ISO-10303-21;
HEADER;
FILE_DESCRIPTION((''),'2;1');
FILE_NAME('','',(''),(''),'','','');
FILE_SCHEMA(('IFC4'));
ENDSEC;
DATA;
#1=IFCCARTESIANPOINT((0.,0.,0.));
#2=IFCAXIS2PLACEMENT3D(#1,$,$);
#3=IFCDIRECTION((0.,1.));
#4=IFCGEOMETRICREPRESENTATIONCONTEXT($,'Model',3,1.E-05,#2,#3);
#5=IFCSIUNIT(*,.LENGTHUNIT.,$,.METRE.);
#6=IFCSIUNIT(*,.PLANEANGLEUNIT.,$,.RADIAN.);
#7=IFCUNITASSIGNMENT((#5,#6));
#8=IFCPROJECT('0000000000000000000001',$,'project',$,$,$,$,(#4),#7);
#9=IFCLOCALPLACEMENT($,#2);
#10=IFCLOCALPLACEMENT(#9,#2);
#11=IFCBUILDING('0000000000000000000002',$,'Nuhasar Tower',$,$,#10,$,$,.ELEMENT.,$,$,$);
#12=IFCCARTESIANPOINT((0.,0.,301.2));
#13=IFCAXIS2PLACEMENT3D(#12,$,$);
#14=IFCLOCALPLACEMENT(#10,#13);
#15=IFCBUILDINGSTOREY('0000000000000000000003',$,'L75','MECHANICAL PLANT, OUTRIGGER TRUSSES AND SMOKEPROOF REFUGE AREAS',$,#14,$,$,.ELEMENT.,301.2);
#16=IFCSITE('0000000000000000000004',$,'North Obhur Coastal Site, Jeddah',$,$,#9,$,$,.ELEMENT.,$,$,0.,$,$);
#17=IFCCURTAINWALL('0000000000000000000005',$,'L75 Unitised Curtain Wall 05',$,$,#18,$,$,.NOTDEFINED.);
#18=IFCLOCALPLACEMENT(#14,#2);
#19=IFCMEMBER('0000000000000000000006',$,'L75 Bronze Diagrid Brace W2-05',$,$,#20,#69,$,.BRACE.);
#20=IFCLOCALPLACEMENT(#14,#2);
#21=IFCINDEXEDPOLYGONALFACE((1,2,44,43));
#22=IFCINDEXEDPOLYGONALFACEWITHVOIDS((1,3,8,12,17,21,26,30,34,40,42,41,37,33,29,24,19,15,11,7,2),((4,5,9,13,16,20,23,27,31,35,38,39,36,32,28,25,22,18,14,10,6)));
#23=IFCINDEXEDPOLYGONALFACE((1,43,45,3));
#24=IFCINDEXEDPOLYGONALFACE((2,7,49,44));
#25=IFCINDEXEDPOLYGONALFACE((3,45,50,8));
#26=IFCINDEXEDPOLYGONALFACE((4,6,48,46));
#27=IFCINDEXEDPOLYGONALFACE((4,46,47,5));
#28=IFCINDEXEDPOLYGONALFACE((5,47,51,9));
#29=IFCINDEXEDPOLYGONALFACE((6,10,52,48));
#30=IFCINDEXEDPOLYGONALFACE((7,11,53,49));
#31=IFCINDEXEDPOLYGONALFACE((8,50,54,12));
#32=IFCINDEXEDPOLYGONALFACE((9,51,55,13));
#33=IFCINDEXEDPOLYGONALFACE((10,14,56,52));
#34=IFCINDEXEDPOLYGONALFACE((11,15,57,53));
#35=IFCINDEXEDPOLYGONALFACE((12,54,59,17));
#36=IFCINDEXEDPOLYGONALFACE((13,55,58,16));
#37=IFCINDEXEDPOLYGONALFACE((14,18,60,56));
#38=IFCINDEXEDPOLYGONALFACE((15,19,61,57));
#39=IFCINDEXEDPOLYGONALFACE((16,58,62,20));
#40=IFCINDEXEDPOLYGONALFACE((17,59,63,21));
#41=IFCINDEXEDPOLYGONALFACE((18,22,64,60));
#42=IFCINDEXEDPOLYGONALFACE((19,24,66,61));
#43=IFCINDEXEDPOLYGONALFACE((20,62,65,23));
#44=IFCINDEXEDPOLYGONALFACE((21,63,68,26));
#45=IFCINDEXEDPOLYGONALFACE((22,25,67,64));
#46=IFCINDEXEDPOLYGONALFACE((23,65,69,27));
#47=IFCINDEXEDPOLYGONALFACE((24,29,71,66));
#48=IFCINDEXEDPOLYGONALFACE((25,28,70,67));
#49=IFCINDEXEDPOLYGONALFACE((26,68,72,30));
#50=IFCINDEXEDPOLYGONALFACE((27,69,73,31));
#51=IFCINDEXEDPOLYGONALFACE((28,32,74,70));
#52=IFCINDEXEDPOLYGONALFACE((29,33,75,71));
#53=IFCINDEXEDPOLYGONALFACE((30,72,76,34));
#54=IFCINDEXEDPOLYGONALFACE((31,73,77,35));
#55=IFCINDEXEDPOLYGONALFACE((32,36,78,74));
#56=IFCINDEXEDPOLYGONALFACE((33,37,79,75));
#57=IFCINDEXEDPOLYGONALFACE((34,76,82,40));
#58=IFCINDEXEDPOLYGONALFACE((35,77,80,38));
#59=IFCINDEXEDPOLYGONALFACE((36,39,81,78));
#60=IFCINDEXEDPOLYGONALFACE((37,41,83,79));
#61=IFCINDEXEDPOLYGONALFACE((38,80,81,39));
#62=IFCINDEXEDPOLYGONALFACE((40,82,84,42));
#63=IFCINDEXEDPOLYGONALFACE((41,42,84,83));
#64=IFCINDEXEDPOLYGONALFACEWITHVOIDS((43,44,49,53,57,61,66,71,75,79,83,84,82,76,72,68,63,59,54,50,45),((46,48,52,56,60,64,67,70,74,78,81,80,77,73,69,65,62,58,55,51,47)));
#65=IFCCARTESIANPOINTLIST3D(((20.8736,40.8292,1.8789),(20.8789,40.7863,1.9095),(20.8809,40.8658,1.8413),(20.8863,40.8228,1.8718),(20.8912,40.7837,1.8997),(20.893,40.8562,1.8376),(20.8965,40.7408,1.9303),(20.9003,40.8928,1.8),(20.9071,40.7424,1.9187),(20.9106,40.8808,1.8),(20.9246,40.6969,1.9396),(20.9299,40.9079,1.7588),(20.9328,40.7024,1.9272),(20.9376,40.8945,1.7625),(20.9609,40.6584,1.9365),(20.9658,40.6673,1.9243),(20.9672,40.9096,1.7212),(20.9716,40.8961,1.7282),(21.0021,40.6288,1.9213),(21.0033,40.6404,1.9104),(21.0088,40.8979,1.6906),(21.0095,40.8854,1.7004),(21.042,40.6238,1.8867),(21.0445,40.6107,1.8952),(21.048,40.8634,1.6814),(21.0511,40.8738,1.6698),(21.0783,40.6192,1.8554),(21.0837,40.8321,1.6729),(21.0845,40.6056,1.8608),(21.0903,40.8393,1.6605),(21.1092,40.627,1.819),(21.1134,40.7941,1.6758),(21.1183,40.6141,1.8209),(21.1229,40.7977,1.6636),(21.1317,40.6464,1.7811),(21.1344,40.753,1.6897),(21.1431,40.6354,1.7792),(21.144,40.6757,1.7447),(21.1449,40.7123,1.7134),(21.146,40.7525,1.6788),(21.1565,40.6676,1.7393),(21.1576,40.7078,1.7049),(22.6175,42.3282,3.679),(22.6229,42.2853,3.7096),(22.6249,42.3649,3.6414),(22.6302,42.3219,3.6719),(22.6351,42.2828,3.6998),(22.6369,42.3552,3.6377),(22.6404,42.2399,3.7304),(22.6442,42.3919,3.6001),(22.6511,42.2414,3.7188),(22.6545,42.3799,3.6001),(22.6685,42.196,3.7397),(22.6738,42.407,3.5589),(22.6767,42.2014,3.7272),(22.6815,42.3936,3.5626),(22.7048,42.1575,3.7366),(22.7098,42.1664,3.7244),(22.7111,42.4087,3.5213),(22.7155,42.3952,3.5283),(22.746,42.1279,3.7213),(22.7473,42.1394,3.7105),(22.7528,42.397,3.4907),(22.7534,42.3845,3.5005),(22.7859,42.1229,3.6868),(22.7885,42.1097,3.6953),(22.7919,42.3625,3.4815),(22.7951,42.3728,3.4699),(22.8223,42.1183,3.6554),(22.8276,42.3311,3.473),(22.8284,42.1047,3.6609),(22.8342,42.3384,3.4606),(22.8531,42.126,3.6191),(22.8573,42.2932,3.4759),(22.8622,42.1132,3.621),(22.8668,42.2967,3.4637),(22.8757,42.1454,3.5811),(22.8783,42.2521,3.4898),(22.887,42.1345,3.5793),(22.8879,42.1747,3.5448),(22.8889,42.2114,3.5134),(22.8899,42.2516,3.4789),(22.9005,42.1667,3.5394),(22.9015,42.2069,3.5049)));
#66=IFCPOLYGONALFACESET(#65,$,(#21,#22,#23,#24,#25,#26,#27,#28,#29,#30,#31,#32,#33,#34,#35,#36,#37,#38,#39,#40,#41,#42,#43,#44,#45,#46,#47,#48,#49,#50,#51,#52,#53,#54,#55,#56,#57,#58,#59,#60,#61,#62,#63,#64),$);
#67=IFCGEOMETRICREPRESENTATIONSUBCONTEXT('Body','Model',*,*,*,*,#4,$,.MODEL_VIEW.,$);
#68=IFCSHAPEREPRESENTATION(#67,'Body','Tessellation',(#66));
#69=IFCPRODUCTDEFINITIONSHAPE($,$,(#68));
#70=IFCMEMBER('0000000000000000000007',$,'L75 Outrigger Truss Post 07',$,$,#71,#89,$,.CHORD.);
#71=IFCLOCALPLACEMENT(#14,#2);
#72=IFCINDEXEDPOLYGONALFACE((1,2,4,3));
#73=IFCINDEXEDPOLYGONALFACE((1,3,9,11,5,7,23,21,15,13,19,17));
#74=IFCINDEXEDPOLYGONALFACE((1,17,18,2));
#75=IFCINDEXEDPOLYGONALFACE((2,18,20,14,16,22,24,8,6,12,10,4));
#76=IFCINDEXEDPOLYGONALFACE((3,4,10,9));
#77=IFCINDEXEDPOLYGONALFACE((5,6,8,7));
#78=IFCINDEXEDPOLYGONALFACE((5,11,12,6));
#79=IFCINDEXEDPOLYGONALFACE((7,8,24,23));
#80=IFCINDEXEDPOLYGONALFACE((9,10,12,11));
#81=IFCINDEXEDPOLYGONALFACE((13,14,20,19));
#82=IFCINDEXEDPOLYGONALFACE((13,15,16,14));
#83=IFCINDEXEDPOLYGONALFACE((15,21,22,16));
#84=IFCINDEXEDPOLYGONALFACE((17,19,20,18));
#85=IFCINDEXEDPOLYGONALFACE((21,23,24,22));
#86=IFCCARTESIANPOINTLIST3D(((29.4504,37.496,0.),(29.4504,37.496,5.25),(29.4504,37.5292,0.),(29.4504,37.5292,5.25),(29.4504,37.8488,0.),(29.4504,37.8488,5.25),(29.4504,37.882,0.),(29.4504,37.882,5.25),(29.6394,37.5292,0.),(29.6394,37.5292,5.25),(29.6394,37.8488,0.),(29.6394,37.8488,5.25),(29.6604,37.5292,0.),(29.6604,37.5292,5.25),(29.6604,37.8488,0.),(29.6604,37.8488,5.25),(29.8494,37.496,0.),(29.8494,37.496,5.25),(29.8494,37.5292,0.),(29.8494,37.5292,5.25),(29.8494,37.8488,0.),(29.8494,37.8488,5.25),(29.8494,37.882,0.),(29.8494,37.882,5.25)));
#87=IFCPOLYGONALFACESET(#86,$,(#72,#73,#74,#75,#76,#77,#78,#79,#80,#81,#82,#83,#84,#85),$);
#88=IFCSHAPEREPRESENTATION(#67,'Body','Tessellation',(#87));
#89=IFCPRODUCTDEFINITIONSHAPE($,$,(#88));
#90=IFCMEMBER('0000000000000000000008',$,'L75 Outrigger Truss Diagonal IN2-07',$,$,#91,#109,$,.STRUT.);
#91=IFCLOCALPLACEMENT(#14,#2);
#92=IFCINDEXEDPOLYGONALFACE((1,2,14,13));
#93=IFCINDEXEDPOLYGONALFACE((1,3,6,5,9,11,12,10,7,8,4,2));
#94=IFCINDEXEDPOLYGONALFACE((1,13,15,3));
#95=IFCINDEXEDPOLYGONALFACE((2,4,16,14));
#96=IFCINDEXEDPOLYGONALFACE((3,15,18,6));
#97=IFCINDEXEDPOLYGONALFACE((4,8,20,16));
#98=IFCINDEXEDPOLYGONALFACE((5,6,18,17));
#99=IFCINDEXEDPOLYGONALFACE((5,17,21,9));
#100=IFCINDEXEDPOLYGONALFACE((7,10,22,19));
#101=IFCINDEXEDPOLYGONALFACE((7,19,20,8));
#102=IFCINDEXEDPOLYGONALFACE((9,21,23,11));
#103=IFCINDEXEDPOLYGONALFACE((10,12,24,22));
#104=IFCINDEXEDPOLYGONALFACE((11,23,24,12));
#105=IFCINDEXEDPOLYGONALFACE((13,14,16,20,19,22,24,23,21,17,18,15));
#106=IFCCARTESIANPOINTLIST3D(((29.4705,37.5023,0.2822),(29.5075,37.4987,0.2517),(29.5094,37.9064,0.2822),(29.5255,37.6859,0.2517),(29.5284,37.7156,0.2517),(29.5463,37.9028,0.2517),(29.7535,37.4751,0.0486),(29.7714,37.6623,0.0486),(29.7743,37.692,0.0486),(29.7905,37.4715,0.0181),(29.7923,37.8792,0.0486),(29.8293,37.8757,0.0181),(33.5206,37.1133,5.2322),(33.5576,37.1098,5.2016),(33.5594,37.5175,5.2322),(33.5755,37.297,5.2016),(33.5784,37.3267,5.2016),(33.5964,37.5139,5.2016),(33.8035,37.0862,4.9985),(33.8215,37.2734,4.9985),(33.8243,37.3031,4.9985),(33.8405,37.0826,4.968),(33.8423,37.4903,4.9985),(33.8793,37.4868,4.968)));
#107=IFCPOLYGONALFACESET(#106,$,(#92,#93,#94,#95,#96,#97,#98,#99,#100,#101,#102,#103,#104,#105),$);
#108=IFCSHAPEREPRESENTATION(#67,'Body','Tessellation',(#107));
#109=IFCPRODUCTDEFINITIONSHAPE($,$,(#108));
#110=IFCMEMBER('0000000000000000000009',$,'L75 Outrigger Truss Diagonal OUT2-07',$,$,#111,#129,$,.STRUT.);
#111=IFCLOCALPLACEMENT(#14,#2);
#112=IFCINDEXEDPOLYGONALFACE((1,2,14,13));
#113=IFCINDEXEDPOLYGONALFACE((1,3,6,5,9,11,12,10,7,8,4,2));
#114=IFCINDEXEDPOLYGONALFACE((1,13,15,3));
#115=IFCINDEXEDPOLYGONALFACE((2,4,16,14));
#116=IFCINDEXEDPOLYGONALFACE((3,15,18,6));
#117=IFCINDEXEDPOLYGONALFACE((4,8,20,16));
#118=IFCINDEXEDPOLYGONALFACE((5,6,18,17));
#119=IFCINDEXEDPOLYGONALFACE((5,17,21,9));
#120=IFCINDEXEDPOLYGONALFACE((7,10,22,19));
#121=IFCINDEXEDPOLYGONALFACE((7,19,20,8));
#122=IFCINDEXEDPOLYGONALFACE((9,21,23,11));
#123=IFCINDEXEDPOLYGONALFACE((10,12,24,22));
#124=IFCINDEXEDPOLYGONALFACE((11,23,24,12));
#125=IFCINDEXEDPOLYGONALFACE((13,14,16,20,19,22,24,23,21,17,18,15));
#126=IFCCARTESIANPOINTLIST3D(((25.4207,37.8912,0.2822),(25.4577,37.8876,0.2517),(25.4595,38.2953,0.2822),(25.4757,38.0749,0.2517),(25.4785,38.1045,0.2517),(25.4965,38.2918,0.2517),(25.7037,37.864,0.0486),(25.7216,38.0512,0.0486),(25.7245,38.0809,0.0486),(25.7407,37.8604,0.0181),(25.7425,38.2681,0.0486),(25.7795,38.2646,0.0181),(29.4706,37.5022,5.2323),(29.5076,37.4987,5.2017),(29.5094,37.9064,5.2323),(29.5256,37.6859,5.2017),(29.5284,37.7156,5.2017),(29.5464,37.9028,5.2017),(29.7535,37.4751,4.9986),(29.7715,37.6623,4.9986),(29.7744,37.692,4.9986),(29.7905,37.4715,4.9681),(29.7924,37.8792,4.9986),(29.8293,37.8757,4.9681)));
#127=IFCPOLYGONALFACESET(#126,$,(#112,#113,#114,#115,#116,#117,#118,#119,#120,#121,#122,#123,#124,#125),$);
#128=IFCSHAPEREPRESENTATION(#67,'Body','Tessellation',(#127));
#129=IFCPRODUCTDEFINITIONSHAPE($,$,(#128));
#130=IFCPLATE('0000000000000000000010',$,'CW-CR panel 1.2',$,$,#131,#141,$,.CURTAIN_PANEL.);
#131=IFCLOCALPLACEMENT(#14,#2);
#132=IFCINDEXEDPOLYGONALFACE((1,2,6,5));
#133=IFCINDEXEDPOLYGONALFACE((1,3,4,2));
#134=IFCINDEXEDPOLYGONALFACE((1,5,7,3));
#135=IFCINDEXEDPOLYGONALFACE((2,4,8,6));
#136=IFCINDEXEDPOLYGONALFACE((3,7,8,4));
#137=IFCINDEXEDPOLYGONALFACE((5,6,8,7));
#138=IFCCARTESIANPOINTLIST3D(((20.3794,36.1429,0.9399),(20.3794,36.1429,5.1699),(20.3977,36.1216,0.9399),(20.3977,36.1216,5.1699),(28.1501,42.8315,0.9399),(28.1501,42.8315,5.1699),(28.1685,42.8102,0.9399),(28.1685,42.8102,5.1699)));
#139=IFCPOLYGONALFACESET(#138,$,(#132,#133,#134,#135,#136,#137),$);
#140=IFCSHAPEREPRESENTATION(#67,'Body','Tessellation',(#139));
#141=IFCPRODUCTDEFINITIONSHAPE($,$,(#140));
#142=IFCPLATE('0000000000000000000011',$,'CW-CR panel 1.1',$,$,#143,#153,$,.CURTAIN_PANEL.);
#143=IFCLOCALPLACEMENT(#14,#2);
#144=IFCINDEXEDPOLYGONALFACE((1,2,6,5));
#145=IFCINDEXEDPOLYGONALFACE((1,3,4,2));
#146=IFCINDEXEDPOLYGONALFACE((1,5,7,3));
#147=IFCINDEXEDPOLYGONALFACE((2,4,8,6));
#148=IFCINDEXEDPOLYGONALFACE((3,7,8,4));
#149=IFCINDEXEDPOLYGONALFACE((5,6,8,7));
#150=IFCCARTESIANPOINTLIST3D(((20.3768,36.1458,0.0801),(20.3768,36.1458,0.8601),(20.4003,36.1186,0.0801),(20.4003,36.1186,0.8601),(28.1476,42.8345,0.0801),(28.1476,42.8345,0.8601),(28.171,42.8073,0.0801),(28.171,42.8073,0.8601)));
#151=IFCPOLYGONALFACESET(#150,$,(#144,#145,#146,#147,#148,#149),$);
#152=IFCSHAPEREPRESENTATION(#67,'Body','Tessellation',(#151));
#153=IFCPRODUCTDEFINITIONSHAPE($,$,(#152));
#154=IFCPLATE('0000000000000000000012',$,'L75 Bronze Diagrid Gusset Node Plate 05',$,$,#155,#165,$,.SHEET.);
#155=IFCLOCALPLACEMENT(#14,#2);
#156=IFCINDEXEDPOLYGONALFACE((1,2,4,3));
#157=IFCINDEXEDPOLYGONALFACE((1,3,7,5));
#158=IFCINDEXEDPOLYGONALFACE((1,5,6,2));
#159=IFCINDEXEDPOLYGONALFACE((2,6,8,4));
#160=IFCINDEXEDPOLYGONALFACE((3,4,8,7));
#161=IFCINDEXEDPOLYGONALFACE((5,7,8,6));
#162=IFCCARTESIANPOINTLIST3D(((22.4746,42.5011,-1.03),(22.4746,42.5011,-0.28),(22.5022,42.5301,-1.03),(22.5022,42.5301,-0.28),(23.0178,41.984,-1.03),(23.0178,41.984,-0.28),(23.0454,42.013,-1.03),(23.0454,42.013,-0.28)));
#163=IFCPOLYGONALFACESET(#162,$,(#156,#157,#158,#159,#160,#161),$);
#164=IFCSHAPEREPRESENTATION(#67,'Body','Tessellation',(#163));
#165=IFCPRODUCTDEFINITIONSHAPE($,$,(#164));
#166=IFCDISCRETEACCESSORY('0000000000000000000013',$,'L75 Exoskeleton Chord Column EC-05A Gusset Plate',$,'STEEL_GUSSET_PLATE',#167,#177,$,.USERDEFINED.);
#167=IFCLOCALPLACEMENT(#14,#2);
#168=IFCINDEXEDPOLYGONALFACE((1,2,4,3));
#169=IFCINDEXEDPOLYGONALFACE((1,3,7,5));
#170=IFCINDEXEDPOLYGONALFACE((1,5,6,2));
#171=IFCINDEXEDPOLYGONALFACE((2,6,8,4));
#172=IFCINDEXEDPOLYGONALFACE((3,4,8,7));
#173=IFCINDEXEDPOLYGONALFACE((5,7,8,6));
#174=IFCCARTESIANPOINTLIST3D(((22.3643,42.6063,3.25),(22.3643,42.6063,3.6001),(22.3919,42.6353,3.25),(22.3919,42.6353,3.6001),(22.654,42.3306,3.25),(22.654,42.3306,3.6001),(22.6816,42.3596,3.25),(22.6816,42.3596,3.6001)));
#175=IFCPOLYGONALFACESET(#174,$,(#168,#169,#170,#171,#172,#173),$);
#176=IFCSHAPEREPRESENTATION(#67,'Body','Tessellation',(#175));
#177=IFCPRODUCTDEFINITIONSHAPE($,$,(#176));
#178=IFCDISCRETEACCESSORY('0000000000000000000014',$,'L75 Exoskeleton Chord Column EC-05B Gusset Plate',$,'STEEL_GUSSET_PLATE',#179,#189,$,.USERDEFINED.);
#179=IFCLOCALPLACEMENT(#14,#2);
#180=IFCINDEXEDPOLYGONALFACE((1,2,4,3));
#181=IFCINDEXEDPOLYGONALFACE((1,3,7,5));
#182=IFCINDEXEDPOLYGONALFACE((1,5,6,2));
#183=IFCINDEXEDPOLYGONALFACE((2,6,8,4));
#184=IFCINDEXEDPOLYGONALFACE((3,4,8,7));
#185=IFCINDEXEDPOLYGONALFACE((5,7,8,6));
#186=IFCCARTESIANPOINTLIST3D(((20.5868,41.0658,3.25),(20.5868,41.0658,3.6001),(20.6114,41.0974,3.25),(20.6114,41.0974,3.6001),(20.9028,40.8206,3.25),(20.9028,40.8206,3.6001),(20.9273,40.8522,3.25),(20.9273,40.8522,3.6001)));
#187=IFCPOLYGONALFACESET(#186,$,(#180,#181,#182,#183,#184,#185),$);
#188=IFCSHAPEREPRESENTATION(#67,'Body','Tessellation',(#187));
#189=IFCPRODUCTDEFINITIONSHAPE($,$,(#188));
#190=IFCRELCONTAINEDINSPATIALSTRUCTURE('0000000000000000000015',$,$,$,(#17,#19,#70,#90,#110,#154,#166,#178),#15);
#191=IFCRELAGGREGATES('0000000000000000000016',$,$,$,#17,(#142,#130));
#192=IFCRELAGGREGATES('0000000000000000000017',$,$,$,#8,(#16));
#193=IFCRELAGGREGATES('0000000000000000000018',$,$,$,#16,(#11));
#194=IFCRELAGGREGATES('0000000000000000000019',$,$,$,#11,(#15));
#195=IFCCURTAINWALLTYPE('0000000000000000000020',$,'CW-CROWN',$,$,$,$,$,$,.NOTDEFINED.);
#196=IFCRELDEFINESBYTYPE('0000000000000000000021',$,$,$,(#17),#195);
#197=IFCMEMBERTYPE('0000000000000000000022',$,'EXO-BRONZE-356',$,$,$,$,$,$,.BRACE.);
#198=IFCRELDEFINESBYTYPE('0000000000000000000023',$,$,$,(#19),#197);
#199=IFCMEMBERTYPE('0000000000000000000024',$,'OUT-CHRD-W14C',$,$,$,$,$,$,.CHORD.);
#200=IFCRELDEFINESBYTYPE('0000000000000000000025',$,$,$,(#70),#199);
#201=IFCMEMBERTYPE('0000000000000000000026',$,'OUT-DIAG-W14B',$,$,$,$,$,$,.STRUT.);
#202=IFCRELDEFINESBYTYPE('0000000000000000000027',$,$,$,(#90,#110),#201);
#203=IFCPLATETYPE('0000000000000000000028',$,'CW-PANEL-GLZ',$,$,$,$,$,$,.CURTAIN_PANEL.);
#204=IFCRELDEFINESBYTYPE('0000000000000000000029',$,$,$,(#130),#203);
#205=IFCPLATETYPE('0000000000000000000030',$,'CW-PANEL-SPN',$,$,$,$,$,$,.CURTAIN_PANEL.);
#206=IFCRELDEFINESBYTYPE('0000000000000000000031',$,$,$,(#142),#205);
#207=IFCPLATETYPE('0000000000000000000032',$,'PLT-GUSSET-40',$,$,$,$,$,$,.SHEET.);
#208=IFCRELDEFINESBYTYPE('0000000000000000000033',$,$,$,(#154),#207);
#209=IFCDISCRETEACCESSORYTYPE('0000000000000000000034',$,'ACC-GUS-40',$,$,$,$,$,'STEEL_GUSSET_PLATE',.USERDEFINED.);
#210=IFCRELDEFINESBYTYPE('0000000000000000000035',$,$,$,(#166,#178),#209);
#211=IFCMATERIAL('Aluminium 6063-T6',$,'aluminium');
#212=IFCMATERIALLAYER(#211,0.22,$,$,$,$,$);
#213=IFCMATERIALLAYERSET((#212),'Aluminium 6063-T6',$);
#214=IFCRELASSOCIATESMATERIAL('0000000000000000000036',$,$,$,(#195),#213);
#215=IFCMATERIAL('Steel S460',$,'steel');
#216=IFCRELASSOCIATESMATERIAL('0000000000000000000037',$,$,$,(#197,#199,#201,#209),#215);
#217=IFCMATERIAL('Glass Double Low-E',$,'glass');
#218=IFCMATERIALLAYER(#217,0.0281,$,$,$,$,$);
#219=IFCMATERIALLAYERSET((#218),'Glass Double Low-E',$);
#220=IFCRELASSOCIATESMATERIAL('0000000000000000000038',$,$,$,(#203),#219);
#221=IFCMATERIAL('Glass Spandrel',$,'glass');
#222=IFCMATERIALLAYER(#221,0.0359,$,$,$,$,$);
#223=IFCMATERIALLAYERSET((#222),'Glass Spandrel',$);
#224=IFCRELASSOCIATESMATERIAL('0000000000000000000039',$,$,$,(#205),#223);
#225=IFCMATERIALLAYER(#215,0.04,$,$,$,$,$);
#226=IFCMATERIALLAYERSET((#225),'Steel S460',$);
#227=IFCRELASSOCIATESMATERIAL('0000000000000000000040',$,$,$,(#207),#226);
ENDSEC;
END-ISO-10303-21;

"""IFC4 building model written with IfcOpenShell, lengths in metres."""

from ifc_helpers import new_model, si_unit, direction, frame, origin, origin_2d, place, context, subcontext, project, spatial, rectangle, hollow_circle, i_section, extrude, material, layer, layer_set, material_profile, profile_set, type_object, element, aggregate, save


model = new_model("IFC4")

# Units and contexts
model_context = context("Model", 3, precision=1e-05, world=origin(), true_north=direction((0.0, 1.0)))
body_context = subcontext(model_context, "Body", "Model", "MODEL_VIEW")
ifc_project = project(units=[si_unit("LENGTHUNIT", "METRE"), si_unit("PLANEANGLEUNIT", "RADIAN")], contexts=[model_context])

# Site, building, storey
site_placement = place(None, origin())
site = spatial("IfcSite", under=ifc_project, at=site_placement, Name="North Obhur Coastal Site, Jeddah", CompositionType="ELEMENT", RefElevation=0.0)
building_placement = place(site_placement, origin())
building = spatial("IfcBuilding", under=site, at=building_placement, Name="Nuhasar Tower", CompositionType="ELEMENT")
storey_placement = place(building_placement, frame((0.0, 0.0, 301.2)))
storey = spatial("IfcBuildingStorey", under=building, at=storey_placement, Name="L75", Description="MECHANICAL PLANT, OUTRIGGER TRUSSES AND SMOKEPROOF REFUGE AREAS", CompositionType="ELEMENT", Elevation=301.2)

# Shared definitions
ifc_material_1 = material(Name="Steel S460", Category="steel")

# Shared definitions
ifc_material_2 = material(Name="Aluminium 6063-T6", Category="aluminium")
ifc_layer_1 = layer(ifc_material_2, 0.22)
ifc_layer_set_1 = layer_set([ifc_layer_1], Name="Aluminium 6063-T6")
curtain_wall_type = type_object("IfcCurtainWallType", Name="CW-CROWN", PredefinedType="NOTDEFINED", material=ifc_layer_set_1)

# Curtain wall
curtain_wall_1_placement = place(storey_placement, origin())
curtain_wall_1 = element("IfcCurtainWall", 1, at=curtain_wall_1_placement, inside=storey, type_object=curtain_wall_type, Name="L75 Unitised Curtain Wall 05", PredefinedType="NOTDEFINED")

# Members
ifc_material_profile_1 = material_profile(ifc_material_1, hollow_circle(Radius=0.1777, WallThickness=0.0159, at=origin_2d()), Name="HSS355.6X15.9")
ifc_profile_set_1 = profile_set([ifc_material_profile_1], Name="Steel S460")
member_type_1 = type_object("IfcMemberType", Name="EXO-BRONZE-356", PredefinedType="BRACE", material=ifc_profile_set_1)
for number, where, z_axis, x_axis, name in (
    (2, (21.0161, 40.7581, 1.8), (0.597154, 0.513303, 0.616382), (-0.651857, 0.758342, 0.0), "L75 Bronze Diagrid Brace W2-05"),
):
    element("IfcMember", number, at=place(storey_placement, frame(where, z_axis=z_axis, x_axis=x_axis)), inside=storey, type_object=member_type_1, Name=name, PredefinedType="BRACE", context=body_context, shape_type="SweptSolid", body=[
        extrude(hollow_circle(Radius=0.1777, WallThickness=0.0159, at=origin_2d()), origin(), (0.0, 0.0, 1.0), 2.9204),
    ])
ifc_material_profile_2 = material_profile(ifc_material_1, i_section(OverallWidth=0.3989, OverallDepth=0.386, WebThickness=0.021, FlangeThickness=0.0332, at=origin_2d()), Name="W14X176")
ifc_profile_set_2 = profile_set([ifc_material_profile_2], Name="Steel S460")
member_type_2 = type_object("IfcMemberType", Name="OUT-CHRD-W14C", PredefinedType="CHORD", material=ifc_profile_set_2)
member_1_placement = place(storey_placement, frame((29.6499, 37.689, 0.0), z_axis=(0.0, 0.0, 1.0), x_axis=(1.0, 0.0, 0.0)))
element("IfcMember", 3, at=member_1_placement, inside=storey, type_object=member_type_2, Name="L75 Outrigger Truss Post 07", PredefinedType="CHORD", context=body_context, shape_type="SweptSolid", body=[
    extrude(i_section(OverallWidth=0.3989, OverallDepth=0.386, WebThickness=0.021, FlangeThickness=0.0332, at=origin_2d()), origin(), (0.0, 0.0, 1.0), 5.25),
])
ifc_material_profile_3 = material_profile(ifc_material_1, i_section(OverallWidth=0.406, OverallDepth=0.416, WebThickness=0.0298, FlangeThickness=0.0481, at=origin_2d()), Name="W14X257")
ifc_profile_set_3 = profile_set([ifc_material_profile_3], Name="Steel S460")
member_type_3 = type_object("IfcMemberType", Name="OUT-DIAG-W14B", PredefinedType="STRUT", material=ifc_profile_set_3)
for number, where, z_axis, x_axis, name in (
    (4, (29.6499, 37.689, 0.1501), (0.632079, -0.060697, 0.772524), (0.095588, 0.995421, 0.0), "L75 Outrigger Truss Diagonal IN2-07"),
    (5, (25.6001, 38.0779, 0.1501), (0.632056, -0.060698, 0.772542), (0.095593, 0.99542, 0.0), "L75 Outrigger Truss Diagonal OUT2-07"),
):
    element("IfcMember", number, at=place(storey_placement, frame(where, z_axis=z_axis, x_axis=x_axis)), inside=storey, type_object=member_type_3, Name=name, PredefinedType="STRUT", context=body_context, shape_type="SweptSolid", body=[
        extrude(i_section(OverallWidth=0.406, OverallDepth=0.416, WebThickness=0.0298, FlangeThickness=0.0481, at=origin_2d()), origin(), (0.0, 0.0, 1.0), 6.4075),
    ])

# Plates
ifc_material_3 = material(Name="Glass Double Low-E", Category="glass")
ifc_layer_2 = layer(ifc_material_3, 0.0281)
ifc_layer_set_2 = layer_set([ifc_layer_2], Name="Glass Double Low-E")
plate_type_1 = type_object("IfcPlateType", Name="CW-PANEL-GLZ", PredefinedType="CURTAIN_PANEL", material=ifc_layer_set_2)
plate_1_placement = place(storey_placement, frame((24.2739, 39.4766, 0.9399), z_axis=(0.0, 0.0, 1.0), x_axis=(-0.757906, -0.652364, 0.0)))
plate_1 = element("IfcPlate", 6, at=plate_1_placement, type_object=plate_type_1, Name="CW-CR panel 1.2", PredefinedType="CURTAIN_PANEL", context=body_context, shape_type="SweptSolid", body=[
    extrude(rectangle(XDim=10.2529, YDim=0.0281, at=origin_2d()), origin(), (0.0, 0.0, 1.0), 4.23),
])
ifc_material_4 = material(Name="Glass Spandrel", Category="glass")
ifc_layer_3 = layer(ifc_material_4, 0.0359)
ifc_layer_set_3 = layer_set([ifc_layer_3], Name="Glass Spandrel")
plate_type_2 = type_object("IfcPlateType", Name="CW-PANEL-SPN", PredefinedType="CURTAIN_PANEL", material=ifc_layer_set_3)
plate_2_placement = place(storey_placement, frame((24.2739, 39.4766, 0.0801), z_axis=(0.0, 0.0, 1.0), x_axis=(-0.757906, -0.652364, 0.0)))
plate_2 = element("IfcPlate", 7, at=plate_2_placement, type_object=plate_type_2, Name="CW-CR panel 1.1", PredefinedType="CURTAIN_PANEL", context=body_context, shape_type="SweptSolid", body=[
    extrude(rectangle(XDim=10.2529, YDim=0.0359, at=origin_2d()), origin(), (0.0, 0.0, 1.0), 0.78),
])
aggregate(curtain_wall_1, [plate_2, plate_1])
ifc_layer_4 = layer(ifc_material_1, 0.04)
ifc_layer_set_4 = layer_set([ifc_layer_4], Name="Steel S460")
plate_type_3 = type_object("IfcPlateType", Name="PLT-GUSSET-40", PredefinedType="SHEET", material=ifc_layer_set_4)
plate_3_placement = place(storey_placement, frame((22.76, 42.2571, -1.03), z_axis=(0.0, 0.0, 1.0), x_axis=(-0.724352, 0.68943, 0.0)))
element("IfcPlate", 8, at=plate_3_placement, inside=storey, type_object=plate_type_3, Name="L75 Bronze Diagrid Gusset Node Plate 05", PredefinedType="SHEET", context=body_context, shape_type="SweptSolid", body=[
    extrude(rectangle(XDim=0.75, YDim=0.04, at=origin_2d()), origin(), (0.0, 0.0, 1.0), 0.75),
])

# Discrete accessories
discrete_accessory_type = type_object("IfcDiscreteAccessoryType", Name="ACC-GUS-40", ElementType="STEEL_GUSSET_PLATE", PredefinedType="USERDEFINED", material=ifc_material_1)
for number, where, z_axis, x_axis, name in (
    (9, (22.5229, 42.4829, 3.25), (0.0, 0.0, 1.0), (-0.724352, 0.68943, 0.0), "L75 Exoskeleton Chord Column EC-05A Gusset Plate"),
    (10, (20.7571, 40.959, 3.25), (0.0, 0.0, 1.0), (-0.789984, 0.613128, 0.0), "L75 Exoskeleton Chord Column EC-05B Gusset Plate"),
):
    element("IfcDiscreteAccessory", number, at=place(storey_placement, frame(where, z_axis=z_axis, x_axis=x_axis)), inside=storey, type_object=discrete_accessory_type, Name=name, ObjectType="STEEL_GUSSET_PLATE", PredefinedType="USERDEFINED", context=body_context, shape_type="SweptSolid", body=[
        extrude(rectangle(XDim=0.3999, YDim=0.04, at=origin_2d()), origin(), (0.0, 0.0, 1.0), 0.3501),
    ])

save(model, "model.ifc")
